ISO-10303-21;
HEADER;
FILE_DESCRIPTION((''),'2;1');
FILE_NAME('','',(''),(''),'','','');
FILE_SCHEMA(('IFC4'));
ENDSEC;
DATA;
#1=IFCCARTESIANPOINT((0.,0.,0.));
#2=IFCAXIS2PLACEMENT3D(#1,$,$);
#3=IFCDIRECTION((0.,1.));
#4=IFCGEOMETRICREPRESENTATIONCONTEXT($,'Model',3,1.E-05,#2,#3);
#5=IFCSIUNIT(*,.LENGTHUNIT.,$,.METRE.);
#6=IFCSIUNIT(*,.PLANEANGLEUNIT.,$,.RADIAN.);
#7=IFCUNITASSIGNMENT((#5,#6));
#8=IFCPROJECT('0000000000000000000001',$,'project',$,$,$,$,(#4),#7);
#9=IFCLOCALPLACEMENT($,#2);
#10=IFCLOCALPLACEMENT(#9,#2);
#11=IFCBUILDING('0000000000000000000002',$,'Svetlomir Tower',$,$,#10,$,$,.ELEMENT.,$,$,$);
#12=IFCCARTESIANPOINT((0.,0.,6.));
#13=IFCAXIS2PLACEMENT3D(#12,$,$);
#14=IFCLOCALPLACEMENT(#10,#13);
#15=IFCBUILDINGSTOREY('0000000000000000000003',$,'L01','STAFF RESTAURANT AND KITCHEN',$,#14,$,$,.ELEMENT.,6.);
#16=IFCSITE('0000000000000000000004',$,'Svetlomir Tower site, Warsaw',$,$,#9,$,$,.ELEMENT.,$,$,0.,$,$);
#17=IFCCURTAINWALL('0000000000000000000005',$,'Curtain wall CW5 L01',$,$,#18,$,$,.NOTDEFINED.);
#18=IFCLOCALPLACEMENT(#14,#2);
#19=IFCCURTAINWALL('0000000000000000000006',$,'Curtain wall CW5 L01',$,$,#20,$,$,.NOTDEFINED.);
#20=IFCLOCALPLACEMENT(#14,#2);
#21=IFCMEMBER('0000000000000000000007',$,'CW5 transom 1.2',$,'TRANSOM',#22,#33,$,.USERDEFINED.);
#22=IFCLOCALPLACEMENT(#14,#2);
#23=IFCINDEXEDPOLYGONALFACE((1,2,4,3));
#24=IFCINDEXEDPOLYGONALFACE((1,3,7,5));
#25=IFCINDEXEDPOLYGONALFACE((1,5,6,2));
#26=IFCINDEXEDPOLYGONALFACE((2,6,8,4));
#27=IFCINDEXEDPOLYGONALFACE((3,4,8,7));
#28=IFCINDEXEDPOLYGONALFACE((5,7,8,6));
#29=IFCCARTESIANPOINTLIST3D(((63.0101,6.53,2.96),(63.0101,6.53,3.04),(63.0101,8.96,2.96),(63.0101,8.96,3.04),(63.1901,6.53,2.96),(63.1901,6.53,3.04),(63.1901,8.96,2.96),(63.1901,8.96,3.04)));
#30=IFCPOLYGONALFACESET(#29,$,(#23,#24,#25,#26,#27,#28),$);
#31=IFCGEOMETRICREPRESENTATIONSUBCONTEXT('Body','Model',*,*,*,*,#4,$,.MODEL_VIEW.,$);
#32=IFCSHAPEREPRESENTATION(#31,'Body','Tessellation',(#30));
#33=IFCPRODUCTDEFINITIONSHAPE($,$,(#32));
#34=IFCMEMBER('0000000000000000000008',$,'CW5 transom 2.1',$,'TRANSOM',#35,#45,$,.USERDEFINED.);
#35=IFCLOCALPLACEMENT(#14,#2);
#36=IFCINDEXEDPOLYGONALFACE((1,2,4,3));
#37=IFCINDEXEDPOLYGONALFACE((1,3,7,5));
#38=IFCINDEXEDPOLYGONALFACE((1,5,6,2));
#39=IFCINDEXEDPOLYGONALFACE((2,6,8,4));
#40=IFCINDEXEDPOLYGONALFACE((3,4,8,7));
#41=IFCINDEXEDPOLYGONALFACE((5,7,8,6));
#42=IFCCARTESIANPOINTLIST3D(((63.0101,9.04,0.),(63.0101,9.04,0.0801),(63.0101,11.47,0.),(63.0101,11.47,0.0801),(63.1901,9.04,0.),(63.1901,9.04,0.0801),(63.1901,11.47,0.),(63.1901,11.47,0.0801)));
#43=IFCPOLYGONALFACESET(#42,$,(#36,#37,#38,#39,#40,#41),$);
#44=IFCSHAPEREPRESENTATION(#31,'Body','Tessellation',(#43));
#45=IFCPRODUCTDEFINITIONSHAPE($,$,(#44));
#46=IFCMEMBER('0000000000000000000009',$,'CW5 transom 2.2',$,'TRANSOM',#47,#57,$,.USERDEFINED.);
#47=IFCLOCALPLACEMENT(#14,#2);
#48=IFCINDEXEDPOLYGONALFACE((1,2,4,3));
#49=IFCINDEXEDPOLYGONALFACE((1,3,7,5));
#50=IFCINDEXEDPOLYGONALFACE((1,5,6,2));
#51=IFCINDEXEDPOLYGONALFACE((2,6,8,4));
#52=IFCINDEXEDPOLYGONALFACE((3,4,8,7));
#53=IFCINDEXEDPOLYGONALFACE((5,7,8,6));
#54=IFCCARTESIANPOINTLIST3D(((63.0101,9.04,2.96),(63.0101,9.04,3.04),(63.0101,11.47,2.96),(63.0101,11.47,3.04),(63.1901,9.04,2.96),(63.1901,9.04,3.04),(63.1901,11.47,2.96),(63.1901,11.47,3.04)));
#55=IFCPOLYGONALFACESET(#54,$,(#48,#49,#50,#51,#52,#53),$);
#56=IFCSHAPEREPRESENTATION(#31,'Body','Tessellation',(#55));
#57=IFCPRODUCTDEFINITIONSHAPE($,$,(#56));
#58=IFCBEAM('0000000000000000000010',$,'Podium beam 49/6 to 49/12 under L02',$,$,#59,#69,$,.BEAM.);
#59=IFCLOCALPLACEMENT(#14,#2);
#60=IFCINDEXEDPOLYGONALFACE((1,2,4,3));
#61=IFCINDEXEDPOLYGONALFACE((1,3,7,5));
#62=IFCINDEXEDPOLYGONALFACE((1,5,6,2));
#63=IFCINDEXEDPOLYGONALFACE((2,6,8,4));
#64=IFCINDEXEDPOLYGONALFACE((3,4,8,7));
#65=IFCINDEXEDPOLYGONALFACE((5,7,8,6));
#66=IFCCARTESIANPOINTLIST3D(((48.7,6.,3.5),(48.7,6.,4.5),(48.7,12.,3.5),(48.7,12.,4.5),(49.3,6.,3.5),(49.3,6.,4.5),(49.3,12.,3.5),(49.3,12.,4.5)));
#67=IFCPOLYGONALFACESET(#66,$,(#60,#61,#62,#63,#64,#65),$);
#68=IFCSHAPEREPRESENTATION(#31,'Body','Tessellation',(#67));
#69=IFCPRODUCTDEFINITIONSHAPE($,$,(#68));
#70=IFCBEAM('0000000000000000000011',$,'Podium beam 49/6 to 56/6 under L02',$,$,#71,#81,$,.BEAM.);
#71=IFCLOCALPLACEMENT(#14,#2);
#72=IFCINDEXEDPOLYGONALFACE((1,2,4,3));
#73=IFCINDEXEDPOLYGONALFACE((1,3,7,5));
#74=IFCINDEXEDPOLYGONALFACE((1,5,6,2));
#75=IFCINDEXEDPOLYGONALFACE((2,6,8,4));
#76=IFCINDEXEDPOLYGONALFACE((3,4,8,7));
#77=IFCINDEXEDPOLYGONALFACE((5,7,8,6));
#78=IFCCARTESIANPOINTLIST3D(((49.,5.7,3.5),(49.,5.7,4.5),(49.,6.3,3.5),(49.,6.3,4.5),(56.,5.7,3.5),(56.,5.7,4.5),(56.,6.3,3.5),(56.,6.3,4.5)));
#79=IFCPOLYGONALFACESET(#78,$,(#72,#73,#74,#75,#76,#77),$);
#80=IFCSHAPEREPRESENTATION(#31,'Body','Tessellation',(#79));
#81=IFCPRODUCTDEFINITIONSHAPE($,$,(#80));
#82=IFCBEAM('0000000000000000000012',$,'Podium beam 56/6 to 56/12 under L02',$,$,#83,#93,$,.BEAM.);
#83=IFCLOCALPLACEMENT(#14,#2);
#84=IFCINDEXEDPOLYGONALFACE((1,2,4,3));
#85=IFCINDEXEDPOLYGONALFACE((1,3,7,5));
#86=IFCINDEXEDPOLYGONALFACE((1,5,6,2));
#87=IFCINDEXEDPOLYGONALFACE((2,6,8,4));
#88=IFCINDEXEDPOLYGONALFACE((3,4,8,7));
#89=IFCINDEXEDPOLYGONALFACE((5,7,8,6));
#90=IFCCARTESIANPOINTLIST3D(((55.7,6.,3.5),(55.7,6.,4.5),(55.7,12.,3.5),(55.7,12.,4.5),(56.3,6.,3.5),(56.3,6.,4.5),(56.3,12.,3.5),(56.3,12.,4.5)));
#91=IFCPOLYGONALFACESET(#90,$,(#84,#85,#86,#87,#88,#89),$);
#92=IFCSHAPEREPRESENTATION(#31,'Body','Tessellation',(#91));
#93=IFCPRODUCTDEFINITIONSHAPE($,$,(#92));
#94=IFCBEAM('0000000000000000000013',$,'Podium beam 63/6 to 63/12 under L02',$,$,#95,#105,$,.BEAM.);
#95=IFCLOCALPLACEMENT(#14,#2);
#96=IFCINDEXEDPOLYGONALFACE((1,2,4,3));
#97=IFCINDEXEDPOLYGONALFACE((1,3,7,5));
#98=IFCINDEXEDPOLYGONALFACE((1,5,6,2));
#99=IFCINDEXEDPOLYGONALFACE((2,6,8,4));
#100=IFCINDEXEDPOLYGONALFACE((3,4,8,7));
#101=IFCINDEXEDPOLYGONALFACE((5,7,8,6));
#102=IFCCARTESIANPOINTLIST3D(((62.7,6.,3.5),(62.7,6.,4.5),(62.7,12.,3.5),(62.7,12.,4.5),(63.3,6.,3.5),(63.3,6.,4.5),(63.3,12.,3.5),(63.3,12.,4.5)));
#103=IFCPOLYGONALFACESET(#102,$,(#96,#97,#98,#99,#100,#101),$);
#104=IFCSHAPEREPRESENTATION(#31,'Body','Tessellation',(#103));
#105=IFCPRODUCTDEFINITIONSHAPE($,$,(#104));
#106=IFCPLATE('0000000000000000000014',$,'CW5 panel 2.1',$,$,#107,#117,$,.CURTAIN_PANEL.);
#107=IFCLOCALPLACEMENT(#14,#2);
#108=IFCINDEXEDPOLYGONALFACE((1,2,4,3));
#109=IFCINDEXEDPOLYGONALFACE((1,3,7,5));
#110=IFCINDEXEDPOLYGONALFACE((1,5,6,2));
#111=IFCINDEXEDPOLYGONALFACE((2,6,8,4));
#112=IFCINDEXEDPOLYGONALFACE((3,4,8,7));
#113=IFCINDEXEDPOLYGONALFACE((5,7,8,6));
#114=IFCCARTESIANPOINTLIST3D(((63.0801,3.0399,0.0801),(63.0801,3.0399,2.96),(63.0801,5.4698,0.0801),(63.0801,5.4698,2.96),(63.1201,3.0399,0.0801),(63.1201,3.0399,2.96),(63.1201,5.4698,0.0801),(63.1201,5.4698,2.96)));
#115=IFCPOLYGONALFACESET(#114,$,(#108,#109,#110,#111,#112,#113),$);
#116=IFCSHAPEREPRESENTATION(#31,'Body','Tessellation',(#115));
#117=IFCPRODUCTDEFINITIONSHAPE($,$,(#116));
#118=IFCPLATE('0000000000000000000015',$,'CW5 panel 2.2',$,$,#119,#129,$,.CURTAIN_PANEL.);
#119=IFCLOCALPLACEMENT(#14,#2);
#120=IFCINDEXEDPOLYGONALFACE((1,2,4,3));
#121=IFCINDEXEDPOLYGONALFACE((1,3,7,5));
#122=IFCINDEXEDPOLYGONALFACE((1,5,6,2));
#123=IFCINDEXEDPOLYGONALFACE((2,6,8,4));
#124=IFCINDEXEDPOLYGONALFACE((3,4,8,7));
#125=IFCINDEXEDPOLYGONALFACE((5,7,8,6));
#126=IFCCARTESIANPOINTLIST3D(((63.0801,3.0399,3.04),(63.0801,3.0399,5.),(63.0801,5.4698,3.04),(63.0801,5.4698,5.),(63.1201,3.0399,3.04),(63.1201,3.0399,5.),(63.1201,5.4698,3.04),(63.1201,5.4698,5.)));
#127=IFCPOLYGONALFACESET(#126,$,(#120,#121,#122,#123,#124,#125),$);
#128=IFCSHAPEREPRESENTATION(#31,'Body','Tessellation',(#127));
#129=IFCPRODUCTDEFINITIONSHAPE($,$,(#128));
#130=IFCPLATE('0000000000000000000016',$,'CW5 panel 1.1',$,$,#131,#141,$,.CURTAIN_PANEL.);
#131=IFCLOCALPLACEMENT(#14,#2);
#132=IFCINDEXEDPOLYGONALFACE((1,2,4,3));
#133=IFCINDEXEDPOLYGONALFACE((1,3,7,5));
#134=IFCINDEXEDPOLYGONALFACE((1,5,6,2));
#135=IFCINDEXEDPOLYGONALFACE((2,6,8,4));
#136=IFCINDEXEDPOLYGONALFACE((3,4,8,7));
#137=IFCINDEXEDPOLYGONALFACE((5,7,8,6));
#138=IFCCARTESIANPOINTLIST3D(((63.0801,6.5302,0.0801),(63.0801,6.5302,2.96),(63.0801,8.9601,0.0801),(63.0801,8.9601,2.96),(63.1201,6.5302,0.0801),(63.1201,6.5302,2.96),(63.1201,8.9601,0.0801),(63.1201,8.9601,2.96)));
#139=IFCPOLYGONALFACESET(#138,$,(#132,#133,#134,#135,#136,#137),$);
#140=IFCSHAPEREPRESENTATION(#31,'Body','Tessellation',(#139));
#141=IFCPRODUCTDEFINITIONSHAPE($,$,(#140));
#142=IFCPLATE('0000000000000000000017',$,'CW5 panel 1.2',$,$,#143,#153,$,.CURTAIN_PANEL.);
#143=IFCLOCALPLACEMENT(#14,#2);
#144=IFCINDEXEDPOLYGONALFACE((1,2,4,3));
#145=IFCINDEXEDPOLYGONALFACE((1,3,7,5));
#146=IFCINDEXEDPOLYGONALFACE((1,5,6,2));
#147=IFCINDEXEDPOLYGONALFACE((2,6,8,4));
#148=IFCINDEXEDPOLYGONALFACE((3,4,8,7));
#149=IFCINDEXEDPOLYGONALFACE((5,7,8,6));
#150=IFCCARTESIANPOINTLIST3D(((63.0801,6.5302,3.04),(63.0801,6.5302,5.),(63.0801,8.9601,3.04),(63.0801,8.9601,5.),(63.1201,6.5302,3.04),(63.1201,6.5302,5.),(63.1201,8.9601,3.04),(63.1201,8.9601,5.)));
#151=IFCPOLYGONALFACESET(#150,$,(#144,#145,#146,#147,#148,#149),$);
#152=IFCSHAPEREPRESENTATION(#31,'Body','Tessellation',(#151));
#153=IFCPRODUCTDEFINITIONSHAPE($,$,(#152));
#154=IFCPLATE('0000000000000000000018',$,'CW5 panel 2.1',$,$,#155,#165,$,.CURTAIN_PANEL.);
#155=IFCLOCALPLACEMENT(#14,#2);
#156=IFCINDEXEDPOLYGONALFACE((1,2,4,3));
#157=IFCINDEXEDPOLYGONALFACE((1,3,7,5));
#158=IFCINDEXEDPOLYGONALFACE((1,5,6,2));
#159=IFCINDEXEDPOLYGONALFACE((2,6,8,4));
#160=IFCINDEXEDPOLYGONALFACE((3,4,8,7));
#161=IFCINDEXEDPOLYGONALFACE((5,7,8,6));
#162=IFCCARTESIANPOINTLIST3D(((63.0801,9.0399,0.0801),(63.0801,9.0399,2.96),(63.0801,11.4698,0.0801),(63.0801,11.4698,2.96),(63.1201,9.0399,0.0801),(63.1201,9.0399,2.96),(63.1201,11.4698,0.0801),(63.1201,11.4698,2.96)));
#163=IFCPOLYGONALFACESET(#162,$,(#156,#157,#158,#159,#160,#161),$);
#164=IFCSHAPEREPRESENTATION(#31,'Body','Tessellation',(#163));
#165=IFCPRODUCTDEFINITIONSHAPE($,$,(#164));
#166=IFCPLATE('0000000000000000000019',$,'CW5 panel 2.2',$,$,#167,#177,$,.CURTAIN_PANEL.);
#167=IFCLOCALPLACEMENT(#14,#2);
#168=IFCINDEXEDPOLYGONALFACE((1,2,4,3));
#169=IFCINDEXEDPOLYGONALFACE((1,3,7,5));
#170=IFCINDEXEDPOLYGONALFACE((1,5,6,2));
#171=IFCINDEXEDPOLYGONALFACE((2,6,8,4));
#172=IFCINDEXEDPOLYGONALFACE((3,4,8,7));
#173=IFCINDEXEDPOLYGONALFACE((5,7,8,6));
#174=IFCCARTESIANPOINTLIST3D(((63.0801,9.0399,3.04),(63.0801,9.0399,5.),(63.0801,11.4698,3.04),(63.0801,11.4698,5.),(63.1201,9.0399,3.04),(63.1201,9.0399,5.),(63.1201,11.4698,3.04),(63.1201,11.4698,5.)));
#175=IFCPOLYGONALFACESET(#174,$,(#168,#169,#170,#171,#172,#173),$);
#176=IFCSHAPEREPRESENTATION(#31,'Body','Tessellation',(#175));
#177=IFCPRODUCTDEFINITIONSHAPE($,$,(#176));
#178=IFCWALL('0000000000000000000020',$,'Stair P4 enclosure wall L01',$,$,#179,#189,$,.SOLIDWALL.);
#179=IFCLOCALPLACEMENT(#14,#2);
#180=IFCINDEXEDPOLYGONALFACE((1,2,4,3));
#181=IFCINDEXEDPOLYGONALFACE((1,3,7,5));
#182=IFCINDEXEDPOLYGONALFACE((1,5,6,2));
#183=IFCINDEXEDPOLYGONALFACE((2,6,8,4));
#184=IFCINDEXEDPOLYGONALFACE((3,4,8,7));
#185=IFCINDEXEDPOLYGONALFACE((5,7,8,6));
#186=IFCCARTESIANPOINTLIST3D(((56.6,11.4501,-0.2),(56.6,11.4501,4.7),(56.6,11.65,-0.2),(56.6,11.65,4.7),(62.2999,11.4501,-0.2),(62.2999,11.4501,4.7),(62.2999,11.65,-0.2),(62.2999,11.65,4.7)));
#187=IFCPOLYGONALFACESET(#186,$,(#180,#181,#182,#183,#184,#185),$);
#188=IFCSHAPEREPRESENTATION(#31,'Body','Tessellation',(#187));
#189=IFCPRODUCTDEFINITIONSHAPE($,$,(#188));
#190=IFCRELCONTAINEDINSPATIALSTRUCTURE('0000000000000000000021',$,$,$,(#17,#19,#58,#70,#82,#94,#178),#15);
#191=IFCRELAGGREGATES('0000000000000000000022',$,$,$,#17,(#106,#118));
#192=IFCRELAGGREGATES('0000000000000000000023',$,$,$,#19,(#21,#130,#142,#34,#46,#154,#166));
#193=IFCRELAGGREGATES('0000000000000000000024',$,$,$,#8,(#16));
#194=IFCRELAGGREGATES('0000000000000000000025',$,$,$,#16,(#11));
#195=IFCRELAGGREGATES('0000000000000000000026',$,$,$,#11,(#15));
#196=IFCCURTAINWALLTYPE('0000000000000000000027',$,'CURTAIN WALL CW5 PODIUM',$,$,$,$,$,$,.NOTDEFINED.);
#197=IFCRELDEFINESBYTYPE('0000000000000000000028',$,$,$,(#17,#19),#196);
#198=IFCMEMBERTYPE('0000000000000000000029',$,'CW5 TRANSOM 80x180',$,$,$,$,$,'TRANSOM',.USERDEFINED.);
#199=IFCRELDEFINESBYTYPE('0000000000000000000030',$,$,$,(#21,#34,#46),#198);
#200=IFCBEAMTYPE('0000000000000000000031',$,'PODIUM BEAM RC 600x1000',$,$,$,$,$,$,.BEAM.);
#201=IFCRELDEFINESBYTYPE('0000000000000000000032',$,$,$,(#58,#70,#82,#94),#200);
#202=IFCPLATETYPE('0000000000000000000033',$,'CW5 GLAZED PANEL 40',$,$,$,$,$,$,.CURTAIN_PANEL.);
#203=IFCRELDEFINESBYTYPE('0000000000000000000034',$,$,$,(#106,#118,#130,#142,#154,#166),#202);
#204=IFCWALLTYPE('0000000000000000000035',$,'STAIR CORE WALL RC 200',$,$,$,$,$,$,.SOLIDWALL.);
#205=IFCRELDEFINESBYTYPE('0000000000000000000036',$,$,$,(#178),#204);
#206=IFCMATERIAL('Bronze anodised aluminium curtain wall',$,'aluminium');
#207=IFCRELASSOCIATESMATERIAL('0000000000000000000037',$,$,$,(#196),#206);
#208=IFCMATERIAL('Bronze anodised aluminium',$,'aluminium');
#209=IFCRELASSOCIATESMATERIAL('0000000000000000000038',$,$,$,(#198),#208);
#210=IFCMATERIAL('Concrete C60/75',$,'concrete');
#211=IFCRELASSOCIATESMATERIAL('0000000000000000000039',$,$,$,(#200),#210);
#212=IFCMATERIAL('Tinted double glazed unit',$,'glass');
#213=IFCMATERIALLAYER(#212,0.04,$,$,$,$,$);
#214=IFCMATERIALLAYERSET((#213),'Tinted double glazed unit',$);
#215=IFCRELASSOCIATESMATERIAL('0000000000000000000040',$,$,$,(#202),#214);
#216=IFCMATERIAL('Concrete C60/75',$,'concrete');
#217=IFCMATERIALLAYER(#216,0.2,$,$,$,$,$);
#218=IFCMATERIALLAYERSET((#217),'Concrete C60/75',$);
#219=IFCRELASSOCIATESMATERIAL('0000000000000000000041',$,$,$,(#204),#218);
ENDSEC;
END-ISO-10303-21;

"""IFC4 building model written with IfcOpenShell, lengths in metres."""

from ifc_helpers import new_model, si_unit, direction, frame, frame_2d, origin, origin_2d, place, context, subcontext, project, spatial, rectangle, extrude, material, layer, layer_set, material_profile, profile_set, type_object, element, aggregate, save


model = new_model("IFC4")

# Units and contexts
model_context = context("Model", 3, precision=1e-05, world=origin(), true_north=direction((0.0, 1.0)))
body_context = subcontext(model_context, "Body", "Model", "MODEL_VIEW")
ifc_project = project(units=[si_unit("LENGTHUNIT", "METRE"), si_unit("PLANEANGLEUNIT", "RADIAN")], contexts=[model_context])

# Site, building, storey
site_placement = place(None, origin())
site = spatial("IfcSite", under=ifc_project, at=site_placement, Name="Svetlomir Tower site, Warsaw", CompositionType="ELEMENT", RefElevation=0.0)
building_placement = place(site_placement, origin())
building = spatial("IfcBuilding", under=site, at=building_placement, Name="Svetlomir Tower", CompositionType="ELEMENT")
storey_placement = place(building_placement, frame((0.0, 0.0, 6.0)))
storey = spatial("IfcBuildingStorey", under=building, at=storey_placement, Name="L01", Description="STAFF RESTAURANT AND KITCHEN", CompositionType="ELEMENT", Elevation=6.0)

# Curtain wall
ifc_material_1 = material(Name="Bronze anodised aluminium curtain wall", Category="aluminium")
curtain_wall_type = type_object("IfcCurtainWallType", Name="CURTAIN WALL CW5 PODIUM", PredefinedType="NOTDEFINED", material=ifc_material_1)
curtain_wall_1_placement = place(storey_placement, origin())
curtain_wall_1 = element("IfcCurtainWall", 1, at=curtain_wall_1_placement, inside=storey, type_object=curtain_wall_type, Name="Curtain wall CW5 L01", PredefinedType="NOTDEFINED")

# Curtain wall, members
curtain_wall_2_placement = place(storey_placement, origin())
curtain_wall_2 = element("IfcCurtainWall", 2, at=curtain_wall_2_placement, inside=storey, type_object=curtain_wall_type, Name="Curtain wall CW5 L01", PredefinedType="NOTDEFINED")
ifc_material_2 = material(Name="Bronze anodised aluminium", Category="aluminium")
ifc_material_profile_1 = material_profile(ifc_material_2, rectangle(XDim=0.1799, YDim=0.0801, at=origin_2d()), Name="AL 180x80")
ifc_profile_set_1 = profile_set([ifc_material_profile_1], Name="Bronze anodised aluminium 6063-T6")
member_type_1 = type_object("IfcMemberType", Name="CW5 TRANSOM 80x180", ElementType="TRANSOM", PredefinedType="USERDEFINED", material=ifc_profile_set_1)
member_1_placement = place(storey_placement, frame((63.1001, 6.53, 3.0), z_axis=(0.0, 1.0, 0.0), x_axis=(-1.0, 0.0, 0.0)))
member_1 = element("IfcMember", 3, at=member_1_placement, type_object=member_type_1, Name="CW5 transom 1.2", ObjectType="TRANSOM", PredefinedType="USERDEFINED", context=body_context, shape_type="SweptSolid", body=[
    extrude(rectangle(XDim=0.1799, YDim=0.0801, at=origin_2d()), origin(), (0.0, 0.0, 1.0), 2.4299),
])
member_2_placement = place(storey_placement, frame((63.1001, 9.04, 0.04), z_axis=(0.0, 1.0, 0.0), x_axis=(-1.0, 0.0, 0.0)))
member_2 = element("IfcMember", 4, at=member_2_placement, type_object=member_type_1, Name="CW5 transom 2.1", ObjectType="TRANSOM", PredefinedType="USERDEFINED", context=body_context, shape_type="SweptSolid", body=[
    extrude(rectangle(XDim=0.1799, YDim=0.0801, at=origin_2d()), origin(), (0.0, 0.0, 1.0), 2.4299),
])
member_3_placement = place(storey_placement, frame((63.1001, 9.04, 3.0), z_axis=(0.0, 1.0, 0.0), x_axis=(-1.0, 0.0, 0.0)))
member_3 = element("IfcMember", 5, at=member_3_placement, type_object=member_type_1, Name="CW5 transom 2.2", ObjectType="TRANSOM", PredefinedType="USERDEFINED", context=body_context, shape_type="SweptSolid", body=[
    extrude(rectangle(XDim=0.1799, YDim=0.0801, at=origin_2d()), origin(), (0.0, 0.0, 1.0), 2.4299),
])

# Beams
ifc_material_3 = material(Name="Concrete C60/75", Category="concrete")
ifc_material_profile_2 = material_profile(ifc_material_3, rectangle(XDim=0.6001, YDim=1.0, at=origin_2d()), Name="RC 600x1000")
ifc_profile_set_2 = profile_set([ifc_material_profile_2], Name="Concrete C60/75")
beam_type = type_object("IfcBeamType", Name="PODIUM BEAM RC 600x1000", PredefinedType="BEAM", material=ifc_profile_set_2)
beam_1_placement = place(storey_placement, frame((49.0, 6.0, 4.0), z_axis=(0.0, 1.0, 0.0), x_axis=(-1.0, 0.0, 0.0)))
element("IfcBeam", 6, at=beam_1_placement, inside=storey, type_object=beam_type, Name="Podium beam 49/6 to 49/12 under L02", PredefinedType="BEAM", context=body_context, shape_type="SweptSolid", body=[
    extrude(rectangle(XDim=0.6001, YDim=1.0, at=origin_2d()), origin(), (0.0, 0.0, 1.0), 6.0),
])
beam_2_placement = place(storey_placement, frame((49.0, 6.0, 4.0), z_axis=(1.0, 0.0, 0.0), x_axis=(0.0, 1.0, 0.0)))
element("IfcBeam", 7, at=beam_2_placement, inside=storey, type_object=beam_type, Name="Podium beam 49/6 to 56/6 under L02", PredefinedType="BEAM", context=body_context, shape_type="SweptSolid", body=[
    extrude(rectangle(XDim=0.6001, YDim=1.0, at=origin_2d()), origin(), (0.0, 0.0, 1.0), 7.0),
])
for number, where, z_axis, x_axis, name in (
    (8, (56.0, 6.0, 4.0), (0.0, 1.0, 0.0), (-1.0, 0.0, 0.0), "Podium beam 56/6 to 56/12 under L02"),
    (9, (63.0, 6.0, 4.0), (0.0, 1.0, 0.0), (-1.0, 0.0, 0.0), "Podium beam 63/6 to 63/12 under L02"),
):
    element("IfcBeam", number, at=place(storey_placement, frame(where, z_axis=z_axis, x_axis=x_axis)), inside=storey, type_object=beam_type, Name=name, PredefinedType="BEAM", context=body_context, shape_type="SweptSolid", body=[
        extrude(rectangle(XDim=0.6001, YDim=1.0, at=origin_2d()), origin(), (0.0, 0.0, 1.0), 6.0),
    ])

# Plates
ifc_material_4 = material(Name="Tinted double glazed unit", Category="glass")
ifc_layer_1 = layer(ifc_material_4, 0.04)
ifc_layer_set_1 = layer_set([ifc_layer_1], Name="Tinted double glazed unit")
plate_type = type_object("IfcPlateType", Name="CW5 GLAZED PANEL 40", PredefinedType="CURTAIN_PANEL", material=ifc_layer_set_1)
plate_1_placement = place(storey_placement, frame((63.1001, 4.2549, 0.0801), z_axis=(0.0, 0.0, 1.0), x_axis=(0.0, 1.0, 0.0)))
plate_1 = element("IfcPlate", 10, at=plate_1_placement, type_object=plate_type, Name="CW5 panel 2.1", PredefinedType="CURTAIN_PANEL", context=body_context, shape_type="SweptSolid", body=[
    extrude(rectangle(XDim=2.4299, YDim=0.04, at=origin_2d()), origin(), (0.0, 0.0, 1.0), 2.8799),
])
plate_2_placement = place(storey_placement, frame((63.1001, 4.2549, 3.04), z_axis=(0.0, 0.0, 1.0), x_axis=(0.0, 1.0, 0.0)))
plate_2 = element("IfcPlate", 11, at=plate_2_placement, type_object=plate_type, Name="CW5 panel 2.2", PredefinedType="CURTAIN_PANEL", context=body_context, shape_type="SweptSolid", body=[
    extrude(rectangle(XDim=2.4299, YDim=0.04, at=origin_2d()), origin(), (0.0, 0.0, 1.0), 1.96),
])
aggregate(curtain_wall_1, [plate_1, plate_2])
plate_3_placement = place(storey_placement, frame((63.1001, 7.7451, 0.0801), z_axis=(0.0, 0.0, 1.0), x_axis=(0.0, 1.0, 0.0)))
plate_3 = element("IfcPlate", 12, at=plate_3_placement, type_object=plate_type, Name="CW5 panel 1.1", PredefinedType="CURTAIN_PANEL", context=body_context, shape_type="SweptSolid", body=[
    extrude(rectangle(XDim=2.4299, YDim=0.04, at=origin_2d()), origin(), (0.0, 0.0, 1.0), 2.8799),
])
plate_4_placement = place(storey_placement, frame((63.1001, 7.7451, 3.04), z_axis=(0.0, 0.0, 1.0), x_axis=(0.0, 1.0, 0.0)))
plate_4 = element("IfcPlate", 13, at=plate_4_placement, type_object=plate_type, Name="CW5 panel 1.2", PredefinedType="CURTAIN_PANEL", context=body_context, shape_type="SweptSolid", body=[
    extrude(rectangle(XDim=2.4299, YDim=0.04, at=origin_2d()), origin(), (0.0, 0.0, 1.0), 1.96),
])
plate_5_placement = place(storey_placement, frame((63.1001, 10.2549, 0.0801), z_axis=(0.0, 0.0, 1.0), x_axis=(0.0, 1.0, 0.0)))
plate_5 = element("IfcPlate", 14, at=plate_5_placement, type_object=plate_type, Name="CW5 panel 2.1", PredefinedType="CURTAIN_PANEL", context=body_context, shape_type="SweptSolid", body=[
    extrude(rectangle(XDim=2.4299, YDim=0.04, at=origin_2d()), origin(), (0.0, 0.0, 1.0), 2.8799),
])
plate_6_placement = place(storey_placement, frame((63.1001, 10.2549, 3.04), z_axis=(0.0, 0.0, 1.0), x_axis=(0.0, 1.0, 0.0)))
plate_6 = element("IfcPlate", 15, at=plate_6_placement, type_object=plate_type, Name="CW5 panel 2.2", PredefinedType="CURTAIN_PANEL", context=body_context, shape_type="SweptSolid", body=[
    extrude(rectangle(XDim=2.4299, YDim=0.04, at=origin_2d()), origin(), (0.0, 0.0, 1.0), 1.96),
])
aggregate(curtain_wall_2, [member_1, plate_3, plate_4, member_2, member_3, plate_5, plate_6])

# Wall
ifc_material_5 = material(Name="Concrete C60/75", Category="concrete")
ifc_layer_2 = layer(ifc_material_5, 0.2)
ifc_layer_set_2 = layer_set([ifc_layer_2], Name="Concrete C60/75")
wall_type = type_object("IfcWallType", Name="STAIR CORE WALL RC 200", PredefinedType="SOLIDWALL", material=ifc_layer_set_2)
wall_placement = place(storey_placement, frame((62.3, 11.55, -0.2), z_axis=(0.0, 0.0, 1.0), x_axis=(-1.0, 0.0, 0.0)))
element("IfcWall", 16, at=wall_placement, inside=storey, type_object=wall_type, Name="Stair P4 enclosure wall L01", PredefinedType="SOLIDWALL", context=body_context, shape_type="SweptSolid", body=[
    extrude(rectangle(XDim=5.7, YDim=0.2, at=frame_2d((2.8501, 0.0))), origin(), (0.0, 0.0, 1.0), 4.8999),
])

save(model, "model.ifc")
